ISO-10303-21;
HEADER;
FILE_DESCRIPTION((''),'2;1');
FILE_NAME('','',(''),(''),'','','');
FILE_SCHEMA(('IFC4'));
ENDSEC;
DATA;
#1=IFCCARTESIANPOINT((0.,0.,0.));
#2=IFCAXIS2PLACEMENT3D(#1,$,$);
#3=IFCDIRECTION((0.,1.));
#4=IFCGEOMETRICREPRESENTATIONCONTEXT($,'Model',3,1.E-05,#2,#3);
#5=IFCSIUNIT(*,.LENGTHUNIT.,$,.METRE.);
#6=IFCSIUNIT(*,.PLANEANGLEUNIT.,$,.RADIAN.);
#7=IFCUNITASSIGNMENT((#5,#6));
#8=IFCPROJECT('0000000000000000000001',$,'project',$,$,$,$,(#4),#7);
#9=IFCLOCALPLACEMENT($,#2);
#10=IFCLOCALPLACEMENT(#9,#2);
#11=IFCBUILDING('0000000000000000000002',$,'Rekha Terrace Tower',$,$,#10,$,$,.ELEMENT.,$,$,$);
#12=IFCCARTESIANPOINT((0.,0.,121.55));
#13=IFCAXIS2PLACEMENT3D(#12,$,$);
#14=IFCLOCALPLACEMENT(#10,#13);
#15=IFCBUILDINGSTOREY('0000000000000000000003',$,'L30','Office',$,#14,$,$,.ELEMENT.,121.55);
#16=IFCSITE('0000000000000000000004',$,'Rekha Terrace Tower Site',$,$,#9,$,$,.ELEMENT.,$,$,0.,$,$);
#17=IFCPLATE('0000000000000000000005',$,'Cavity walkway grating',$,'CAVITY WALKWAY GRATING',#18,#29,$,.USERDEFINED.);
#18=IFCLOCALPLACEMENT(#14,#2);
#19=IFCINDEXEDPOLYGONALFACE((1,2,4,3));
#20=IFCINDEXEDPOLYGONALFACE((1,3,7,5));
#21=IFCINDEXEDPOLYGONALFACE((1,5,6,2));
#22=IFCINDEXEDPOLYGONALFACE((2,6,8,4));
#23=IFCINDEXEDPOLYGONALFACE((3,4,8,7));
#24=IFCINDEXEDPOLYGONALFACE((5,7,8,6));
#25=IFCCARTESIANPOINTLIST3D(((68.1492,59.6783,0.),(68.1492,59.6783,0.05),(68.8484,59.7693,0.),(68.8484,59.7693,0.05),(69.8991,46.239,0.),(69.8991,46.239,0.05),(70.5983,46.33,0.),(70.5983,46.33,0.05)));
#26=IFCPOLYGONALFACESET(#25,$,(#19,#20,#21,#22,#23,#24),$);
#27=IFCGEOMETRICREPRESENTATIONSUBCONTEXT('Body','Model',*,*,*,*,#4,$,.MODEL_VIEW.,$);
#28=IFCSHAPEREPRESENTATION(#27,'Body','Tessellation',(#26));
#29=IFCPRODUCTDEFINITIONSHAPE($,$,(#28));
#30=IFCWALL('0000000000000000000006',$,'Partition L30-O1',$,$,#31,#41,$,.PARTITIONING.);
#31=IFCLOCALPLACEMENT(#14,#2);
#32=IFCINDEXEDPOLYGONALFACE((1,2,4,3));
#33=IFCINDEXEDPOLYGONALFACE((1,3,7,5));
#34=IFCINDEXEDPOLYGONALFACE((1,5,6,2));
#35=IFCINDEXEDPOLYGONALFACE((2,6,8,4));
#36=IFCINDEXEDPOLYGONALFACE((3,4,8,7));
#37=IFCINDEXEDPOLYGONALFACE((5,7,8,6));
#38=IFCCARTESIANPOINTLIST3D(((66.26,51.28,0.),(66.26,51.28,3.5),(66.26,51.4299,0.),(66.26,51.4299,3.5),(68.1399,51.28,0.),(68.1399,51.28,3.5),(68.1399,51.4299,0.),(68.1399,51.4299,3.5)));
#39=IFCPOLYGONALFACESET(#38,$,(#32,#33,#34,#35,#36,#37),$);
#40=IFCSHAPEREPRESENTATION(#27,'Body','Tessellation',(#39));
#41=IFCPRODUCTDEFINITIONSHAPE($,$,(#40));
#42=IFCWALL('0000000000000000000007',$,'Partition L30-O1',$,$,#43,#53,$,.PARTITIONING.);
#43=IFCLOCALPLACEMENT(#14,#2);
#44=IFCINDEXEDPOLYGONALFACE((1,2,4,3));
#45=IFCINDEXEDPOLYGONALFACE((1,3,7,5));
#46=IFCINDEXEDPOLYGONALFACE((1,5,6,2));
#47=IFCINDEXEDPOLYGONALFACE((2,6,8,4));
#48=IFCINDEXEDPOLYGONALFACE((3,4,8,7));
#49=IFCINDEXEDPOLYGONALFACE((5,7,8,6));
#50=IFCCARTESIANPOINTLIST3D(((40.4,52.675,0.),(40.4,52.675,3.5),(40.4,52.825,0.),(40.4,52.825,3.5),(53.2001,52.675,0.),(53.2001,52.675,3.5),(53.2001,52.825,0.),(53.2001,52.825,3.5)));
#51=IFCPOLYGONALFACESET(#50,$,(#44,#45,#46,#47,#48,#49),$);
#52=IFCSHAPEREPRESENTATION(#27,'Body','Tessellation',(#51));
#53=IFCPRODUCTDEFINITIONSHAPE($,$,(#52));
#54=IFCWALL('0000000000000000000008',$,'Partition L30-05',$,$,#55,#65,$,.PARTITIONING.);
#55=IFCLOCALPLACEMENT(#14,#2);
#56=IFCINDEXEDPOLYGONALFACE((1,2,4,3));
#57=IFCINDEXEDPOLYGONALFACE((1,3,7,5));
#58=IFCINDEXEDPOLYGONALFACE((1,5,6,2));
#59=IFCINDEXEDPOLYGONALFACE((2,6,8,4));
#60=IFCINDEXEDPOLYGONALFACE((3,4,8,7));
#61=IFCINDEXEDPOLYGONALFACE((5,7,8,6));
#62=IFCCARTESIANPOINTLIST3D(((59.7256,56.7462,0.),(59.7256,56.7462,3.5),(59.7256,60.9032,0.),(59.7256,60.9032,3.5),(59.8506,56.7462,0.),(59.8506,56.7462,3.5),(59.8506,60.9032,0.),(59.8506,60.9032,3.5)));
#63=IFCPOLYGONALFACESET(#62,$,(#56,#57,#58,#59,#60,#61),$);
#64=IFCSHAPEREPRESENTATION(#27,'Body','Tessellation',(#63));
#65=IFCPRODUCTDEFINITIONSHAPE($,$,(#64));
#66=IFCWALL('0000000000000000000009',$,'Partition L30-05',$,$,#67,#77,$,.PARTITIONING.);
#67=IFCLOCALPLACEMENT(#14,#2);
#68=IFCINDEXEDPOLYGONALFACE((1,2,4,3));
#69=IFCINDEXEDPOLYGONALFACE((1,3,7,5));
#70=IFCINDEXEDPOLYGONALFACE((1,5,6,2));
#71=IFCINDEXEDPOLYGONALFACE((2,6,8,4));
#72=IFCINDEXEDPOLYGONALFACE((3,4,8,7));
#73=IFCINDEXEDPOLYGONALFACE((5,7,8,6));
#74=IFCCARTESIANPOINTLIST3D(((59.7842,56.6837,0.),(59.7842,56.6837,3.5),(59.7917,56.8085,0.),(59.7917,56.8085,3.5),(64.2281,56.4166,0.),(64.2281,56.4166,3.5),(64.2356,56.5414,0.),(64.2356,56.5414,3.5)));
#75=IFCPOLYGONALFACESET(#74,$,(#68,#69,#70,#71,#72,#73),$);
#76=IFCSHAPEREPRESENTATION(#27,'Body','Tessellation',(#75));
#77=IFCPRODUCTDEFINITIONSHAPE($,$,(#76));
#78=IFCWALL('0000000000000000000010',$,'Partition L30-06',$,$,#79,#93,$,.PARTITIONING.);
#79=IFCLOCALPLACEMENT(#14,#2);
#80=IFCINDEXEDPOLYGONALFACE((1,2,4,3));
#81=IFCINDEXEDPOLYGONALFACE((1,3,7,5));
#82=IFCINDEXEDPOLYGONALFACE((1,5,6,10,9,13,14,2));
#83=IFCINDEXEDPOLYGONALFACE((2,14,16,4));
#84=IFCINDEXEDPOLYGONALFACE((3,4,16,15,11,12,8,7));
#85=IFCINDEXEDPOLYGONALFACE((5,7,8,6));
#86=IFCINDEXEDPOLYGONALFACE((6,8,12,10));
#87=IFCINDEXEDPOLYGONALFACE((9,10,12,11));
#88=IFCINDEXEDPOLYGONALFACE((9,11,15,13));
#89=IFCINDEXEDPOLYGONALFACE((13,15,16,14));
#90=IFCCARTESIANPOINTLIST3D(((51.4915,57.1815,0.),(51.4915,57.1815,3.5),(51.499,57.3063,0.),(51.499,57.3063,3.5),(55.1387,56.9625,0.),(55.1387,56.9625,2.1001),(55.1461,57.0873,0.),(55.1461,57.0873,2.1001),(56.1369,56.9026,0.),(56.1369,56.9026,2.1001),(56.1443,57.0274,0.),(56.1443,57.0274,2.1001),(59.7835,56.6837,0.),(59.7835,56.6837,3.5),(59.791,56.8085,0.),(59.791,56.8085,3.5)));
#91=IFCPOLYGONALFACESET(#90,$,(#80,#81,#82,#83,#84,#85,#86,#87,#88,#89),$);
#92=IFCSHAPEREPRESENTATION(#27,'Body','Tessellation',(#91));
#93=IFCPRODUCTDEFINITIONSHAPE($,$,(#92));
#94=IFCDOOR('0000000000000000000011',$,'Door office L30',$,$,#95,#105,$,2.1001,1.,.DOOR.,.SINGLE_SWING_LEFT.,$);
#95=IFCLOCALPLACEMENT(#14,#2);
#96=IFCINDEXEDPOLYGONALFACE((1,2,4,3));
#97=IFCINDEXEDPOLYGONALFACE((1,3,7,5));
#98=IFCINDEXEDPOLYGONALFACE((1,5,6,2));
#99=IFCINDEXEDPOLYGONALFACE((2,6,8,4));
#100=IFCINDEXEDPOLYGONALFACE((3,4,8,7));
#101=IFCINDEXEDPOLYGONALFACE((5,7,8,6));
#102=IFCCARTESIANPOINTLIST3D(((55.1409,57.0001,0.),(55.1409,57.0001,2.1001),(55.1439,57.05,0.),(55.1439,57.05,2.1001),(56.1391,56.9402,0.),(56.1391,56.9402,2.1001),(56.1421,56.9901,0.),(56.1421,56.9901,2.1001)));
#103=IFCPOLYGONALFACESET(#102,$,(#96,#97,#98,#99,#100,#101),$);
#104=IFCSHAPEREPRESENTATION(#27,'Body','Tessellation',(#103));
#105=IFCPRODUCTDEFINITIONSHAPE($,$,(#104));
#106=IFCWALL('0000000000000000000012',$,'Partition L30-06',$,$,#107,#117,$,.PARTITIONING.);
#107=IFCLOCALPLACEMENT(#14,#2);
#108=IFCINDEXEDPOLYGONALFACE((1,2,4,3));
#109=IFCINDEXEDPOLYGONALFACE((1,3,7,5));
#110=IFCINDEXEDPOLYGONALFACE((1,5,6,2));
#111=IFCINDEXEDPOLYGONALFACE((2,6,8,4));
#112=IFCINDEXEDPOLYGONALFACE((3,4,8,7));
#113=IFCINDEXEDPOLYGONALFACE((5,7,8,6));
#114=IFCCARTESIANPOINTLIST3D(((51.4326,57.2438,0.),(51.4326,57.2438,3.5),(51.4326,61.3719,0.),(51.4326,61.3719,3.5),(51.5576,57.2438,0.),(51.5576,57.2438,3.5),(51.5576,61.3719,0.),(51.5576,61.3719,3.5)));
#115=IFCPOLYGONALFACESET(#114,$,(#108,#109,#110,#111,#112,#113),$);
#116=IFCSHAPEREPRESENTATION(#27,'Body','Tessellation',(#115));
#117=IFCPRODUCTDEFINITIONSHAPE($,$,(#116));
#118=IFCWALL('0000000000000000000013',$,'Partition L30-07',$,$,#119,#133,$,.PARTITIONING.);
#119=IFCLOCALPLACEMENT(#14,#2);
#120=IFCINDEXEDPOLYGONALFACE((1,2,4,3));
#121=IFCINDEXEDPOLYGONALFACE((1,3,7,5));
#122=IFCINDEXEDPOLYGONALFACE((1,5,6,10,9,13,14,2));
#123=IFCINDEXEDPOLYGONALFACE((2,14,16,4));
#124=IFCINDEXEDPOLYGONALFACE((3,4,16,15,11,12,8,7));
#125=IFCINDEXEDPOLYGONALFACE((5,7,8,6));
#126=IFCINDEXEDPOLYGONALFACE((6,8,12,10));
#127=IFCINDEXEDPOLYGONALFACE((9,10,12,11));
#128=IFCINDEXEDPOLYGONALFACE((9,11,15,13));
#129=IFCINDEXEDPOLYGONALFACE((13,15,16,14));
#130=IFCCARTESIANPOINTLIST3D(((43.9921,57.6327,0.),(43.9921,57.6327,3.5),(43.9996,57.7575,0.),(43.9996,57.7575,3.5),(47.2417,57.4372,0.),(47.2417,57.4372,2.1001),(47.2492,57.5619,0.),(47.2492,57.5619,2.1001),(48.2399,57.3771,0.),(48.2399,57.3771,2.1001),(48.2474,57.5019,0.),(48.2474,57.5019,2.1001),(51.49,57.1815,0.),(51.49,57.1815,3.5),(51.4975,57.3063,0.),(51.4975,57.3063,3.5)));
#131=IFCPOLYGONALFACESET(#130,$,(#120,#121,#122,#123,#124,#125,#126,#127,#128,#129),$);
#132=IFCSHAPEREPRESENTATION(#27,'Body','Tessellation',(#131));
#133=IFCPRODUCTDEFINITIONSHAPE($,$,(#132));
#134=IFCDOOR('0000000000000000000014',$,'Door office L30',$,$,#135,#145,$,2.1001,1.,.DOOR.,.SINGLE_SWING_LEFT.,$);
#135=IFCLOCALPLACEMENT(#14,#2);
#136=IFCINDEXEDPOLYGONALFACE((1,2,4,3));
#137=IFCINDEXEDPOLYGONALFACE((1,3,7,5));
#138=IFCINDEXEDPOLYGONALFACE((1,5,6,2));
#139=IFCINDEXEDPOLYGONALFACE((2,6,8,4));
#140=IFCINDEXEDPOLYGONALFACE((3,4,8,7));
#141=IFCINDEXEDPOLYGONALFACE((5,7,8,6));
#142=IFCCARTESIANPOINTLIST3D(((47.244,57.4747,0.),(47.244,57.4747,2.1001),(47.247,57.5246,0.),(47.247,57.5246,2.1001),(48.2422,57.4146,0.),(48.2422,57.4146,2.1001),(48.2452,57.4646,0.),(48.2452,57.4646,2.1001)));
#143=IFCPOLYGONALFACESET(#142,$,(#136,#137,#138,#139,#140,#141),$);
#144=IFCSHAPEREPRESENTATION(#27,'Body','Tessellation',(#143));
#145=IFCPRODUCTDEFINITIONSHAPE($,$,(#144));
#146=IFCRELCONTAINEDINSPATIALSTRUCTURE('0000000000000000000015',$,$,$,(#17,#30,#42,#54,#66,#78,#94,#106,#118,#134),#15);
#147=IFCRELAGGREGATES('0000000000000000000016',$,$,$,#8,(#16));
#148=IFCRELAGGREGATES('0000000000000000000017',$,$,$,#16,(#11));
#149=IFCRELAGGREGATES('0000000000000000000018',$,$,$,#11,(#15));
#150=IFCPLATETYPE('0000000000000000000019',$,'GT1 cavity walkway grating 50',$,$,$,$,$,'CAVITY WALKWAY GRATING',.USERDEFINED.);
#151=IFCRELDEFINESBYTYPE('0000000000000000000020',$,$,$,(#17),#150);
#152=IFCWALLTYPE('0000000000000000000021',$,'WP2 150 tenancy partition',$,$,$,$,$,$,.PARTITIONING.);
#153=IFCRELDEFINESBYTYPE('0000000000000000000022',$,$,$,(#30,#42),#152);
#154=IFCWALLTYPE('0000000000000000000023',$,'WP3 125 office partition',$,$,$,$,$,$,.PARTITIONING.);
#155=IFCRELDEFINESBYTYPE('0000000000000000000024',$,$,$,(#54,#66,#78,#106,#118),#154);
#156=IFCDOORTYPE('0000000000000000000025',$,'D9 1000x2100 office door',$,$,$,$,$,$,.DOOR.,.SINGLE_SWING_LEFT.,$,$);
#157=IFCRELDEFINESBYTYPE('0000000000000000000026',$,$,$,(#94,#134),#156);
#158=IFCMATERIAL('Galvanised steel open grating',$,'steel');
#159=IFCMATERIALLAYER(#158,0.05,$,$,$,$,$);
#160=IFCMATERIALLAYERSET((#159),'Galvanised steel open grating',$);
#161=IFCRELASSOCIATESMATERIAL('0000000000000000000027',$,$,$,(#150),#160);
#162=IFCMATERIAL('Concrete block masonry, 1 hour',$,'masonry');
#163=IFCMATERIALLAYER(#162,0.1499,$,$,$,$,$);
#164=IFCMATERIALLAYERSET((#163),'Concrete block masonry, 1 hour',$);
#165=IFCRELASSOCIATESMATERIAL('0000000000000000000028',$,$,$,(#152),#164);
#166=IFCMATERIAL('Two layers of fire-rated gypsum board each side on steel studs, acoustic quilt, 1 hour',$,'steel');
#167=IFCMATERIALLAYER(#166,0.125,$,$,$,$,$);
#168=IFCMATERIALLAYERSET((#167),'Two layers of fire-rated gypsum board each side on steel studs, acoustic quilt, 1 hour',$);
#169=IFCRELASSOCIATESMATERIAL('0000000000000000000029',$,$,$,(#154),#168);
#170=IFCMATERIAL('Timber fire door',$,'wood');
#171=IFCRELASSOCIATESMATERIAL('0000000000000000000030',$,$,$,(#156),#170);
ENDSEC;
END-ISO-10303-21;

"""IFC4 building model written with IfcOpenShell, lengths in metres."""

from ifc_helpers import new_model, si_unit, direction, frame, frame_2d, origin, origin_2d, place, context, subcontext, project, spatial, rectangle, extrude, material, layer, layer_set, type_object, element, fill, save


model = new_model("IFC4")

# Units and contexts
model_context = context("Model", 3, precision=1e-05, world=origin(), true_north=direction((0.0, 1.0)))
body_context = subcontext(model_context, "Body", "Model", "MODEL_VIEW")
ifc_project = project(units=[si_unit("LENGTHUNIT", "METRE"), si_unit("PLANEANGLEUNIT", "RADIAN")], contexts=[model_context])

# Site, building, storey
site_placement = place(None, origin())
site = spatial("IfcSite", under=ifc_project, at=site_placement, Name="Rekha Terrace Tower Site", CompositionType="ELEMENT", RefElevation=0.0)
building_placement = place(site_placement, origin())
building = spatial("IfcBuilding", under=site, at=building_placement, Name="Rekha Terrace Tower", CompositionType="ELEMENT")
storey_placement = place(building_placement, frame((0.0, 0.0, 121.55)))
storey = spatial("IfcBuildingStorey", under=building, at=storey_placement, Name="L30", Description="Office", CompositionType="ELEMENT", Elevation=121.55)

# Plate
ifc_material_1 = material(Name="Galvanised steel open grating", Category="steel")
ifc_layer_1 = layer(ifc_material_1, 0.05)
ifc_layer_set_1 = layer_set([ifc_layer_1], Name="Galvanised steel open grating")
plate_type_1 = type_object("IfcPlateType", Name="GT1 cavity walkway grating 50", ElementType="CAVITY WALKWAY GRATING", PredefinedType="USERDEFINED", material=ifc_layer_set_1)
plate_1_placement = place(storey_placement, frame((69.3738, 53.0042, 0.0), z_axis=(0.0, 0.0, 1.0), x_axis=(-0.129118, 0.991629, 0.0)))
element("IfcPlate", 1, at=plate_1_placement, inside=storey, type_object=plate_type_1, Name="Cavity walkway grating", ObjectType="CAVITY WALKWAY GRATING", PredefinedType="USERDEFINED", context=body_context, shape_type="SweptSolid", body=[
    extrude(rectangle(XDim=13.5527, YDim=0.7051, at=origin_2d()), origin(), (0.0, 0.0, 1.0), 0.05),
])

# Walls
ifc_material_2 = material(Name="Concrete block masonry, 1 hour", Category="masonry")
ifc_layer_2 = layer(ifc_material_2, 0.1499)
ifc_layer_set_2 = layer_set([ifc_layer_2], Name="Concrete block masonry, 1 hour")
wall_type_1 = type_object("IfcWallType", Name="WP2 150 tenancy partition", PredefinedType="PARTITIONING", material=ifc_layer_set_2)
wall_1_placement = place(storey_placement, frame((66.26, 51.355, 0.0), z_axis=(0.0, 0.0, 1.0), x_axis=(1.0, 0.0, 0.0)))
element("IfcWall", 2, at=wall_1_placement, inside=storey, type_object=wall_type_1, Name="Partition L30-O1", PredefinedType="PARTITIONING", context=body_context, shape_type="SweptSolid", body=[
    extrude(rectangle(XDim=1.8799, YDim=0.1499, at=frame_2d((0.9399, 0.0))), origin(), (0.0, 0.0, 1.0), 3.5),
])
wall_2_placement = place(storey_placement, frame((53.2, 52.75, 0.0), z_axis=(0.0, 0.0, 1.0), x_axis=(-1.0, 0.0, 0.0)))
element("IfcWall", 3, at=wall_2_placement, inside=storey, type_object=wall_type_1, Name="Partition L30-O1", PredefinedType="PARTITIONING", context=body_context, shape_type="SweptSolid", body=[
    extrude(rectangle(XDim=12.8, YDim=0.1499, at=frame_2d((6.3999, 0.0))), origin(), (0.0, 0.0, 1.0), 3.5),
])
ifc_material_3 = material(Name="Two layers of fire-rated gypsum board each side on steel studs, acoustic quilt, 1 hour", Category="steel")
ifc_layer_3 = layer(ifc_material_3, 0.125)
ifc_layer_set_3 = layer_set([ifc_layer_3], Name="Two layers of fire-rated gypsum board each side on steel studs, acoustic quilt, 1 hour")
wall_type_2 = type_object("IfcWallType", Name="WP3 125 office partition", PredefinedType="PARTITIONING", material=ifc_layer_set_3)
wall_3_placement = place(storey_placement, frame((59.7881, 56.7461, 0.0), z_axis=(0.0, 0.0, 1.0), x_axis=(0.0, 1.0, 0.0)))
element("IfcWall", 4, at=wall_3_placement, inside=storey, type_object=wall_type_2, Name="Partition L30-05", PredefinedType="PARTITIONING", context=body_context, shape_type="SweptSolid", body=[
    extrude(rectangle(XDim=4.157, YDim=0.125, at=frame_2d((2.0786, 0.0))), origin(), (0.0, 0.0, 1.0), 3.5),
])
wall_4_placement = place(storey_placement, frame((64.2319, 56.479, 0.0), z_axis=(0.0, 0.0, 1.0), x_axis=(-0.998199, 0.059995, 0.0)))
element("IfcWall", 5, at=wall_4_placement, inside=storey, type_object=wall_type_2, Name="Partition L30-05", PredefinedType="PARTITIONING", context=body_context, shape_type="SweptSolid", body=[
    extrude(rectangle(XDim=4.4519, YDim=0.125, at=frame_2d((2.2261, 0.0))), origin(), (0.0, 0.0, 1.0), 3.5),
])

# Wall, opening, door
wall_5_placement = place(storey_placement, frame((59.7871, 56.7461, 0.0), z_axis=(0.0, 0.0, 1.0), x_axis=(-0.998203, 0.059926, 0.0)))
wall_5 = element("IfcWall", 6, at=wall_5_placement, inside=storey, type_object=wall_type_2, Name="Partition L30-06", PredefinedType="PARTITIONING", context=body_context, shape_type="SweptSolid", body=[
    extrude(rectangle(XDim=8.3069, YDim=0.125, at=frame_2d((4.1533, 0.0))), origin(), (0.0, 0.0, 1.0), 3.5),
])
opening_1_placement = place(wall_5_placement, frame((3.6531, 0.0, 0.0)))
opening_1 = element("IfcOpeningElement", 7, at=opening_1_placement, cuts=wall_5, PredefinedType="OPENING", context=body_context, shape_type="SweptSolid", body=[
    extrude(rectangle(XDim=1.0, YDim=2.1001, at=frame_2d((0.5, 1.05))), frame((0.0, 0.0725, 0.0), z_axis=(0.0, -1.0, 0.0), x_axis=(1.0, 0.0, 0.0)), (0.0, 0.0, 1.0), 0.145),
])
ifc_material_4 = material(Name="Timber fire door", Category="wood")
door_type = type_object("IfcDoorType", Name="D9 1000x2100 office door", OperationType="SINGLE_SWING_LEFT", PredefinedType="DOOR", material=ifc_material_4)
door_1_placement = place(opening_1_placement, origin())
door_1 = element("IfcDoor", 8, at=door_1_placement, inside=storey, type_object=door_type, Name="Door office L30", OperationType="SINGLE_SWING_LEFT", OverallHeight=2.1001, OverallWidth=1.0, PredefinedType="DOOR", context=body_context, shape_type="SweptSolid", body=[
    extrude(rectangle(XDim=1.0, YDim=2.1001, at=frame_2d((0.5, 1.05))), frame((0.0, 0.0249, 0.0), z_axis=(0.0, -1.0, 0.0), x_axis=(1.0, 0.0, 0.0)), (0.0, 0.0, 1.0), 0.05),
])
fill(opening_1, door_1)

# Wall
wall_6_placement = place(storey_placement, frame((51.4951, 57.2439, 0.0), z_axis=(0.0, 0.0, 1.0), x_axis=(0.0, 1.0, 0.0)))
element("IfcWall", 9, at=wall_6_placement, inside=storey, type_object=wall_type_2, Name="Partition L30-06", PredefinedType="PARTITIONING", context=body_context, shape_type="SweptSolid", body=[
    extrude(rectangle(XDim=4.1282, YDim=0.125, at=frame_2d((2.064, 0.0))), origin(), (0.0, 0.0, 1.0), 3.5),
])

# Wall, opening, door
wall_7_placement = place(storey_placement, frame((51.4939, 57.2439, 0.0), z_axis=(0.0, 0.0, 1.0), x_axis=(-0.998194, 0.060065, 0.0)))
wall_7 = element("IfcWall", 10, at=wall_7_placement, inside=storey, type_object=wall_type_2, Name="Partition L30-07", PredefinedType="PARTITIONING", context=body_context, shape_type="SweptSolid", body=[
    extrude(rectangle(XDim=7.5115, YDim=0.125, at=frame_2d((3.7559, 0.0))), origin(), (0.0, 0.0, 1.0), 3.5),
])
opening_2_placement = place(wall_7_placement, frame((3.2561, 0.0, 0.0)))
opening_2 = element("IfcOpeningElement", 11, at=opening_2_placement, cuts=wall_7, PredefinedType="OPENING", context=body_context, shape_type="SweptSolid", body=[
    extrude(rectangle(XDim=1.0, YDim=2.1001, at=frame_2d((0.5, 1.05))), frame((0.0, 0.0725, 0.0), z_axis=(0.0, -1.0, 0.0), x_axis=(1.0, 0.0, 0.0)), (0.0, 0.0, 1.0), 0.145),
])
door_2_placement = place(opening_2_placement, origin())
door_2 = element("IfcDoor", 12, at=door_2_placement, inside=storey, type_object=door_type, Name="Door office L30", OperationType="SINGLE_SWING_LEFT", OverallHeight=2.1001, OverallWidth=1.0, PredefinedType="DOOR", context=body_context, shape_type="SweptSolid", body=[
    extrude(rectangle(XDim=1.0, YDim=2.1001, at=frame_2d((0.5, 1.05))), frame((0.0, 0.0249, 0.0), z_axis=(0.0, -1.0, 0.0), x_axis=(1.0, 0.0, 0.0)), (0.0, 0.0, 1.0), 0.05),
])
fill(opening_2, door_2)

save(model, "model.ifc")
